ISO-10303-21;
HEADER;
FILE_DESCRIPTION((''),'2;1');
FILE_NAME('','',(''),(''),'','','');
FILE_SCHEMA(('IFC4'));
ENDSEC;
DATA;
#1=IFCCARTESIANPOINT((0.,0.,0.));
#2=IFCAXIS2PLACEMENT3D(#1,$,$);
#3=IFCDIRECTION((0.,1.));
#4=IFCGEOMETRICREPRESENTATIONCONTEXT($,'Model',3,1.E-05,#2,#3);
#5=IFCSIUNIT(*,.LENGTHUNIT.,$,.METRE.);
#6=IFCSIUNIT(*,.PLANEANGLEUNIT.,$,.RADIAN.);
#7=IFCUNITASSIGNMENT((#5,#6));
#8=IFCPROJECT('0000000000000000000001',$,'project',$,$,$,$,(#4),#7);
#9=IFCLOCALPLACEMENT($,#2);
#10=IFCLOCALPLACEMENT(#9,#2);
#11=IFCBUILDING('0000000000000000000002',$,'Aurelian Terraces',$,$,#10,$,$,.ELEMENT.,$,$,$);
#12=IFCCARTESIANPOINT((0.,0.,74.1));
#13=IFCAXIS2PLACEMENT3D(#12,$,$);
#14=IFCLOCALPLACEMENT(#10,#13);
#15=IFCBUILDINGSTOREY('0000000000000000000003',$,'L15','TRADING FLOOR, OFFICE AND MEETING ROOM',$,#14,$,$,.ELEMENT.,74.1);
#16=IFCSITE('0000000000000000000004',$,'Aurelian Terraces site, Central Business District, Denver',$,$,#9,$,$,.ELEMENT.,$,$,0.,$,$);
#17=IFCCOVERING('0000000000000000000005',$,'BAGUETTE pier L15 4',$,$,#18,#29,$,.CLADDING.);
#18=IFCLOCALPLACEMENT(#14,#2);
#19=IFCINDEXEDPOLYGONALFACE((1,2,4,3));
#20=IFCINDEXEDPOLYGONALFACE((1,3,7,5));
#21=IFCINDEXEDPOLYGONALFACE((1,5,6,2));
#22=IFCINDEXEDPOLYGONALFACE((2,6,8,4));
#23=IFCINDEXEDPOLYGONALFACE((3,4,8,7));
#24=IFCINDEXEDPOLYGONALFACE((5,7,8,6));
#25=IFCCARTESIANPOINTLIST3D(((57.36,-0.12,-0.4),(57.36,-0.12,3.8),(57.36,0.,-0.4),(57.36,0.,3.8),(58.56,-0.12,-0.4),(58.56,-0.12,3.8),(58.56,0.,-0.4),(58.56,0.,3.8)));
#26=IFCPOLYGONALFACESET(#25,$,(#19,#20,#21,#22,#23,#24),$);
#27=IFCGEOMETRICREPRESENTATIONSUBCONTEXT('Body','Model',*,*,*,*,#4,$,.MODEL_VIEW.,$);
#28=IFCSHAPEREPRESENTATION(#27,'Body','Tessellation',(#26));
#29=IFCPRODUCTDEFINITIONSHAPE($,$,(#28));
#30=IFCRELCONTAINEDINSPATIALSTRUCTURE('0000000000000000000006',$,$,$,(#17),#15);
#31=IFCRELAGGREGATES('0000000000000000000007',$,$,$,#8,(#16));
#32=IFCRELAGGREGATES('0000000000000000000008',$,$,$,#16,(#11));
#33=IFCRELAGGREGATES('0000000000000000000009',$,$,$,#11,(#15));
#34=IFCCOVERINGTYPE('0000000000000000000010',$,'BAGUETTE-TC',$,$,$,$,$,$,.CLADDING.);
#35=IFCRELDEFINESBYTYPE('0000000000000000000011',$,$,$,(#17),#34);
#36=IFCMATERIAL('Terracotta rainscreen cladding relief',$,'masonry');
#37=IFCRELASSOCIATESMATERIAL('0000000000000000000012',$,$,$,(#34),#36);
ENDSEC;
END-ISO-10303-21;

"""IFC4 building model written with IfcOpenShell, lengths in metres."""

from ifc_helpers import new_model, si_unit, direction, frame, origin, origin_2d, place, context, subcontext, project, spatial, rectangle, extrude, source, transform, mapped, material, type_object, element, save


model = new_model("IFC4")

# Units and contexts
model_context = context("Model", 3, precision=1e-05, world=origin(), true_north=direction((0.0, 1.0)))
body_context = subcontext(model_context, "Body", "Model", "MODEL_VIEW")
ifc_project = project(units=[si_unit("LENGTHUNIT", "METRE"), si_unit("PLANEANGLEUNIT", "RADIAN")], contexts=[model_context])

# Site, building, storey
site_placement = place(None, origin())
site = spatial("IfcSite", under=ifc_project, at=site_placement, Name="Aurelian Terraces site, Central Business District, Denver", CompositionType="ELEMENT", RefElevation=0.0)
building_placement = place(site_placement, origin())
building = spatial("IfcBuilding", under=site, at=building_placement, Name="Aurelian Terraces", CompositionType="ELEMENT")
storey_placement = place(building_placement, frame((0.0, 0.0, 74.1)))
storey = spatial("IfcBuildingStorey", under=building, at=storey_placement, Name="L15", Description="TRADING FLOOR, OFFICE AND MEETING ROOM", CompositionType="ELEMENT", Elevation=74.1)

# Covering
ifc_material_1 = material(Name="Terracotta rainscreen cladding relief", Category="masonry")
covering_type = type_object("IfcCoveringType", Name="BAGUETTE-TC", PredefinedType="CLADDING", material=ifc_material_1)
shared_shape_1 = source(origin(), body_context, "Body", "SweptSolid", [
    extrude(rectangle(XDim=1.2, YDim=0.12, at=origin_2d()), origin(), (0.0, 0.0, 1.0), 4.2),
])
covering_placement = place(storey_placement, frame((57.96, -0.06, -0.4), z_axis=(0.0, 0.0, 1.0), x_axis=(1.0, 0.0, 0.0)))
element("IfcCovering", 1, at=covering_placement, inside=storey, type_object=covering_type, Name="BAGUETTE pier L15 4", PredefinedType="CLADDING", context=body_context, shape_type="MappedRepresentation", body=[
    mapped(shared_shape_1, transform((0.0, 0.0, 0.0), scale=1.0)),
])

save(model, "model.ifc")
